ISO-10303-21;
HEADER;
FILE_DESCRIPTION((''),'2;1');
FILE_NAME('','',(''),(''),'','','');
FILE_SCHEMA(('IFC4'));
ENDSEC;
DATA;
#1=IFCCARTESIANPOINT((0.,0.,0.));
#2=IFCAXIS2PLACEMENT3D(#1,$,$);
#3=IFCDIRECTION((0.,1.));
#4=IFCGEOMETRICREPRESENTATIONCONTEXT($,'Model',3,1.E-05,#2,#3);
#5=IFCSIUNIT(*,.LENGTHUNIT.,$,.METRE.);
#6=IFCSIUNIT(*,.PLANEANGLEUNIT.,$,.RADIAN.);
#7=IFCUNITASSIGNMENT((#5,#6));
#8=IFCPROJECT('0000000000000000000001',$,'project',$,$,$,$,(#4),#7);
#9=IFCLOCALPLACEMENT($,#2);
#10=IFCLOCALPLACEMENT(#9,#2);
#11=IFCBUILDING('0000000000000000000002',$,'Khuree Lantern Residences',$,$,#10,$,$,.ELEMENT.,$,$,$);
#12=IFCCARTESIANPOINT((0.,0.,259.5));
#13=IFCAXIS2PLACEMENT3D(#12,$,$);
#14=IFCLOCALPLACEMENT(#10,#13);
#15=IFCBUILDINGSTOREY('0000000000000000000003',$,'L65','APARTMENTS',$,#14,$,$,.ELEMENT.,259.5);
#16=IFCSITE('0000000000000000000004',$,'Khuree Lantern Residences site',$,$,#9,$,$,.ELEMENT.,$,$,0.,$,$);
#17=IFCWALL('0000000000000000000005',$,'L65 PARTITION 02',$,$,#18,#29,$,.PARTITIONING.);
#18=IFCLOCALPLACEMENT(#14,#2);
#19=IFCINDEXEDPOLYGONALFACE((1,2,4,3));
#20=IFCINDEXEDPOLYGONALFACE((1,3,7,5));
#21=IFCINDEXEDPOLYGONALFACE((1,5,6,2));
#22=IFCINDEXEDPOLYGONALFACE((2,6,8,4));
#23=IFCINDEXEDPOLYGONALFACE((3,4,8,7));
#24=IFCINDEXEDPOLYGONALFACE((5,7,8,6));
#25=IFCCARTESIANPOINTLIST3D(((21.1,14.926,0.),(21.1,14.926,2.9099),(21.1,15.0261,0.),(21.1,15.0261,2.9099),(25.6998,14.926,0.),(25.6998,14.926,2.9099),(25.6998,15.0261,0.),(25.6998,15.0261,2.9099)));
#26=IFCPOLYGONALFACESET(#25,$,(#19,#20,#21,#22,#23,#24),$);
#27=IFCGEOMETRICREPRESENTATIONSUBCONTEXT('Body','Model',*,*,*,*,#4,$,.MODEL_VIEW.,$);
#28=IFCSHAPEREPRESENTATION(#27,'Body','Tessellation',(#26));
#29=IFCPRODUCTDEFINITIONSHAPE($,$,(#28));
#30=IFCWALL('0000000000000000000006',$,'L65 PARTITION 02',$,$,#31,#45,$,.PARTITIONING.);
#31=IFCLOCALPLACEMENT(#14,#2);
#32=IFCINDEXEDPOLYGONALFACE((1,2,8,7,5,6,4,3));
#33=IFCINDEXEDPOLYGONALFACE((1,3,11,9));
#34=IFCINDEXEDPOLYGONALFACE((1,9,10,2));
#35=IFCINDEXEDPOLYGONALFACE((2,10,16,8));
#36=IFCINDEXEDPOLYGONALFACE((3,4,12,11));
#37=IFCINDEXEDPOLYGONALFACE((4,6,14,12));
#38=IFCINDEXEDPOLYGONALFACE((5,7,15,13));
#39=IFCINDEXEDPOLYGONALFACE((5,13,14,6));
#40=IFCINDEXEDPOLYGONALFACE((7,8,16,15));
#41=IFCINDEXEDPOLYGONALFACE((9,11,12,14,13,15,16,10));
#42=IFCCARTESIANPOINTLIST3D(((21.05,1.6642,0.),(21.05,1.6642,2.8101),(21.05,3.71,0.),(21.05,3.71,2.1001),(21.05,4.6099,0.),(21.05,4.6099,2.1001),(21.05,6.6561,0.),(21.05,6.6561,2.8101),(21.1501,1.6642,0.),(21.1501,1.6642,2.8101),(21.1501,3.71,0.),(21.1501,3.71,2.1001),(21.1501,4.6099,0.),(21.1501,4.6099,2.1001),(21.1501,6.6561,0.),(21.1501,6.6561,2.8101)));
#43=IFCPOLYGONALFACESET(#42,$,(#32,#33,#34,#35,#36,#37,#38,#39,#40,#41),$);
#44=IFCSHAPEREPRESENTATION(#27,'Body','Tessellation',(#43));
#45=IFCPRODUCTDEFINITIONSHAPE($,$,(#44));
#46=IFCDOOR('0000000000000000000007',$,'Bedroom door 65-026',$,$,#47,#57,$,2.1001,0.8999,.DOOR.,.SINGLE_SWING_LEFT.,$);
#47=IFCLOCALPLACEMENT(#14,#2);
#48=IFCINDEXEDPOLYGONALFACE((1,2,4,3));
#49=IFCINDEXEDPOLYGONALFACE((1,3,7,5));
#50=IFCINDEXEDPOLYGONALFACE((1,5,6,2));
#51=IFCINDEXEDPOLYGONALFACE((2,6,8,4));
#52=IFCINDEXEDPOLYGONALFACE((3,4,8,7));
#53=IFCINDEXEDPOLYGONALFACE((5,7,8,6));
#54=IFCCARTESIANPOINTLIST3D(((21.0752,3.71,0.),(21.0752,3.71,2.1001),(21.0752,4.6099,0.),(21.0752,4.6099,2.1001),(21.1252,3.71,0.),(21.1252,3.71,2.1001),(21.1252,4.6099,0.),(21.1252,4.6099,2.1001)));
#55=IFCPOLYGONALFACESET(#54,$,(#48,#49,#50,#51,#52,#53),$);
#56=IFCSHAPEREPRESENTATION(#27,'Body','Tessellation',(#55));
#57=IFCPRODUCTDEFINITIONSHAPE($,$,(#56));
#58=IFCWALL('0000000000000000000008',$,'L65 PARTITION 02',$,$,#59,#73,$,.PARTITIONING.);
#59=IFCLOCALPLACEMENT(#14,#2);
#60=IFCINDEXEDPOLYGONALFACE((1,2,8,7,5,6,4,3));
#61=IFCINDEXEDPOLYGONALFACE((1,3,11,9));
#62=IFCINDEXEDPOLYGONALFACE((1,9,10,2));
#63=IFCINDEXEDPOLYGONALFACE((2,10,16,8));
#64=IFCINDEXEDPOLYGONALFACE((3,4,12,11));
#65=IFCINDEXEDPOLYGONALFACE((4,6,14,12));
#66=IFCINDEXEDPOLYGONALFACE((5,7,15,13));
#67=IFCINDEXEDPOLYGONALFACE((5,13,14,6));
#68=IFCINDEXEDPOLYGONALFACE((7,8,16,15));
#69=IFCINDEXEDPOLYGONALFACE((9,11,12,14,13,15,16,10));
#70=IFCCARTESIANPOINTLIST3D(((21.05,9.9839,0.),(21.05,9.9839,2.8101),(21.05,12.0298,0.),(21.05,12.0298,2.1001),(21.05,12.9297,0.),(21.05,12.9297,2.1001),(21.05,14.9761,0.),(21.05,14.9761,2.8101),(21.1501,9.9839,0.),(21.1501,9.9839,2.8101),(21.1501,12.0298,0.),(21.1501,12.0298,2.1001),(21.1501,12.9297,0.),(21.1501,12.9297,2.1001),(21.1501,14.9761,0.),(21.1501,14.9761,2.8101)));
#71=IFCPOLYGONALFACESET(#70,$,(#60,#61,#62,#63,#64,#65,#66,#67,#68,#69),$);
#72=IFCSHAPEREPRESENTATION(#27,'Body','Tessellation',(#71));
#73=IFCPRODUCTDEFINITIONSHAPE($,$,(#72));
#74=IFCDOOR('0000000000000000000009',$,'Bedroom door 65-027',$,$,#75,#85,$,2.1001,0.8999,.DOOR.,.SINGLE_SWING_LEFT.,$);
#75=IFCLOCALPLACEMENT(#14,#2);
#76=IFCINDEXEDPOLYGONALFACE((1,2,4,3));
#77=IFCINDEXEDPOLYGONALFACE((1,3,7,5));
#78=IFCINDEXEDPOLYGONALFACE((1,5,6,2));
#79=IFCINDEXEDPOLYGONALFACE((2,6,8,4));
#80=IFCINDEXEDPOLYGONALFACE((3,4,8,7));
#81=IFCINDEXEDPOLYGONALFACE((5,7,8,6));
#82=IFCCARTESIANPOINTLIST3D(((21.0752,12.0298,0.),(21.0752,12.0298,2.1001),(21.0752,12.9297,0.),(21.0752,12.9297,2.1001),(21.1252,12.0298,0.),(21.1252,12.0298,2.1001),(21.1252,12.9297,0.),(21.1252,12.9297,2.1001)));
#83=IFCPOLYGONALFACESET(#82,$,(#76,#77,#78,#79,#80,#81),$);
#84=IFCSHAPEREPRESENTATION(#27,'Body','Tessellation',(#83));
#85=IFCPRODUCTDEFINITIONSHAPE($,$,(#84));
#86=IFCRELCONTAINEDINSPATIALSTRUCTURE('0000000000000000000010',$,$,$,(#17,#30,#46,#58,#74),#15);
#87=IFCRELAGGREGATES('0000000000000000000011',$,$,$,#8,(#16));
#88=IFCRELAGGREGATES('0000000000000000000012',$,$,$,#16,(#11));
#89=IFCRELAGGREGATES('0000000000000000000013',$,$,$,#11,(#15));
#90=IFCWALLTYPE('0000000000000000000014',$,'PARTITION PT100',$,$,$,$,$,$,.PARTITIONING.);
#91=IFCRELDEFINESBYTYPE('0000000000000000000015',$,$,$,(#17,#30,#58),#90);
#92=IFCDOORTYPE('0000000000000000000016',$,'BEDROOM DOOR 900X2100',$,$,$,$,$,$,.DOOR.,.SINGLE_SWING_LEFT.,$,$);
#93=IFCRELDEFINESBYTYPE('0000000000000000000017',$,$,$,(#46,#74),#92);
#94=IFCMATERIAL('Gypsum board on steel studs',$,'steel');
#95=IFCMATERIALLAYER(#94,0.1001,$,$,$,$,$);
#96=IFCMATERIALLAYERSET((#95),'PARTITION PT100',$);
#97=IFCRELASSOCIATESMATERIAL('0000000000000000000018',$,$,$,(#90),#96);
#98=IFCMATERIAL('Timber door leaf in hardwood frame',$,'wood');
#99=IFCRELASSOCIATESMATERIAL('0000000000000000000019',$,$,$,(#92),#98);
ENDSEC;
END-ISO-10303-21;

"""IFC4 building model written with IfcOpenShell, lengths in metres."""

from ifc_helpers import new_model, si_unit, direction, frame, frame_2d, origin, place, context, subcontext, project, spatial, rectangle, extrude, material, layer, layer_set, type_object, element, fill, save


model = new_model("IFC4")

# Units and contexts
model_context = context("Model", 3, precision=1e-05, world=origin(), true_north=direction((0.0, 1.0)))
body_context = subcontext(model_context, "Body", "Model", "MODEL_VIEW")
ifc_project = project(units=[si_unit("LENGTHUNIT", "METRE"), si_unit("PLANEANGLEUNIT", "RADIAN")], contexts=[model_context])

# Site, building, storey
site_placement = place(None, origin())
site = spatial("IfcSite", under=ifc_project, at=site_placement, Name="Khuree Lantern Residences site", CompositionType="ELEMENT", RefElevation=0.0)
building_placement = place(site_placement, origin())
building = spatial("IfcBuilding", under=site, at=building_placement, Name="Khuree Lantern Residences", CompositionType="ELEMENT")
storey_placement = place(building_placement, frame((0.0, 0.0, 259.5)))
storey = spatial("IfcBuildingStorey", under=building, at=storey_placement, Name="L65", Description="APARTMENTS", CompositionType="ELEMENT", Elevation=259.5)

# Shared definitions
ifc_material_1 = material(Name="Timber door leaf in hardwood frame", Category="wood")

# Wall
ifc_material_2 = material(Name="Gypsum board on steel studs", Category="steel")
ifc_layer_1 = layer(ifc_material_2, 0.1001)
ifc_layer_set_1 = layer_set([ifc_layer_1], Name="PARTITION PT100")
wall_type_1 = type_object("IfcWallType", Name="PARTITION PT100", PredefinedType="PARTITIONING", material=ifc_layer_set_1)
for number, where, z_axis, x_axis, name in (
    (1, (21.1001, 14.9761, 0.0), (0.0, 0.0, 1.0), (1.0, 0.0, 0.0), "L65 PARTITION 02"),
):
    element("IfcWall", number, at=place(storey_placement, frame(where, z_axis=z_axis, x_axis=x_axis)), inside=storey, type_object=wall_type_1, Name=name, PredefinedType="PARTITIONING", context=body_context, shape_type="SweptSolid", body=[
        extrude(rectangle(XDim=4.5999, YDim=0.1001, at=frame_2d((2.2998, 0.0))), origin(), (0.0, 0.0, 1.0), 2.9099),
    ])

# Walls, openings, doors
wall_1_placement = place(storey_placement, frame((21.1001, 1.6641, 0.0), z_axis=(0.0, 0.0, 1.0), x_axis=(0.0, 1.0, 0.0)))
wall_1 = element("IfcWall", 2, at=wall_1_placement, inside=storey, type_object=wall_type_1, Name="L65 PARTITION 02", PredefinedType="PARTITIONING", context=body_context, shape_type="SweptSolid", body=[
    extrude(rectangle(XDim=4.9919, YDim=0.1001, at=frame_2d((2.4961, 0.0))), origin(), (0.0, 0.0, 1.0), 2.8101),
])
opening_1_placement = place(wall_1_placement, frame((2.0459, 0.0, 0.0)))
opening_1 = element("IfcOpeningElement", 3, at=opening_1_placement, cuts=wall_1, PredefinedType="OPENING", context=body_context, shape_type="SweptSolid", body=[
    extrude(rectangle(XDim=0.8999, YDim=2.1001, at=frame_2d((0.45, 1.05))), frame((0.0, 0.0601, 0.0), z_axis=(0.0, -1.0, 0.0), x_axis=(1.0, 0.0, 0.0)), (0.0, 0.0, 1.0), 0.1201),
])
door_type_1 = type_object("IfcDoorType", Name="BEDROOM DOOR 900X2100", OperationType="SINGLE_SWING_LEFT", PredefinedType="DOOR", material=ifc_material_1)
door_1_placement = place(opening_1_placement, origin())
door_1 = element("IfcDoor", 4, at=door_1_placement, inside=storey, type_object=door_type_1, Name="Bedroom door 65-026", OperationType="SINGLE_SWING_LEFT", OverallHeight=2.1001, OverallWidth=0.8999, PredefinedType="DOOR", context=body_context, shape_type="SweptSolid", body=[
    extrude(rectangle(XDim=0.8999, YDim=2.1001, at=frame_2d((0.45, 1.05))), frame((0.0, 0.0249, 0.0), z_axis=(0.0, -1.0, 0.0), x_axis=(1.0, 0.0, 0.0)), (0.0, 0.0, 1.0), 0.05),
])
fill(opening_1, door_1)
wall_2_placement = place(storey_placement, frame((21.1001, 9.9839, 0.0), z_axis=(0.0, 0.0, 1.0), x_axis=(0.0, 1.0, 0.0)))
wall_2 = element("IfcWall", 5, at=wall_2_placement, inside=storey, type_object=wall_type_1, Name="L65 PARTITION 02", PredefinedType="PARTITIONING", context=body_context, shape_type="SweptSolid", body=[
    extrude(rectangle(XDim=4.9922, YDim=0.1001, at=frame_2d((2.4961, 0.0))), origin(), (0.0, 0.0, 1.0), 2.8101),
])
opening_2_placement = place(wall_2_placement, frame((2.0459, 0.0, 0.0)))
opening_2 = element("IfcOpeningElement", 6, at=opening_2_placement, cuts=wall_2, PredefinedType="OPENING", context=body_context, shape_type="SweptSolid", body=[
    extrude(rectangle(XDim=0.8999, YDim=2.1001, at=frame_2d((0.45, 1.05))), frame((0.0, 0.0601, 0.0), z_axis=(0.0, -1.0, 0.0), x_axis=(1.0, 0.0, 0.0)), (0.0, 0.0, 1.0), 0.1201),
])
door_2_placement = place(opening_2_placement, origin())
door_2 = element("IfcDoor", 7, at=door_2_placement, inside=storey, type_object=door_type_1, Name="Bedroom door 65-027", OperationType="SINGLE_SWING_LEFT", OverallHeight=2.1001, OverallWidth=0.8999, PredefinedType="DOOR", context=body_context, shape_type="SweptSolid", body=[
    extrude(rectangle(XDim=0.8999, YDim=2.1001, at=frame_2d((0.45, 1.05))), frame((0.0, 0.0249, 0.0), z_axis=(0.0, -1.0, 0.0), x_axis=(1.0, 0.0, 0.0)), (0.0, 0.0, 1.0), 0.05),
])
fill(opening_2, door_2)

save(model, "model.ifc")
